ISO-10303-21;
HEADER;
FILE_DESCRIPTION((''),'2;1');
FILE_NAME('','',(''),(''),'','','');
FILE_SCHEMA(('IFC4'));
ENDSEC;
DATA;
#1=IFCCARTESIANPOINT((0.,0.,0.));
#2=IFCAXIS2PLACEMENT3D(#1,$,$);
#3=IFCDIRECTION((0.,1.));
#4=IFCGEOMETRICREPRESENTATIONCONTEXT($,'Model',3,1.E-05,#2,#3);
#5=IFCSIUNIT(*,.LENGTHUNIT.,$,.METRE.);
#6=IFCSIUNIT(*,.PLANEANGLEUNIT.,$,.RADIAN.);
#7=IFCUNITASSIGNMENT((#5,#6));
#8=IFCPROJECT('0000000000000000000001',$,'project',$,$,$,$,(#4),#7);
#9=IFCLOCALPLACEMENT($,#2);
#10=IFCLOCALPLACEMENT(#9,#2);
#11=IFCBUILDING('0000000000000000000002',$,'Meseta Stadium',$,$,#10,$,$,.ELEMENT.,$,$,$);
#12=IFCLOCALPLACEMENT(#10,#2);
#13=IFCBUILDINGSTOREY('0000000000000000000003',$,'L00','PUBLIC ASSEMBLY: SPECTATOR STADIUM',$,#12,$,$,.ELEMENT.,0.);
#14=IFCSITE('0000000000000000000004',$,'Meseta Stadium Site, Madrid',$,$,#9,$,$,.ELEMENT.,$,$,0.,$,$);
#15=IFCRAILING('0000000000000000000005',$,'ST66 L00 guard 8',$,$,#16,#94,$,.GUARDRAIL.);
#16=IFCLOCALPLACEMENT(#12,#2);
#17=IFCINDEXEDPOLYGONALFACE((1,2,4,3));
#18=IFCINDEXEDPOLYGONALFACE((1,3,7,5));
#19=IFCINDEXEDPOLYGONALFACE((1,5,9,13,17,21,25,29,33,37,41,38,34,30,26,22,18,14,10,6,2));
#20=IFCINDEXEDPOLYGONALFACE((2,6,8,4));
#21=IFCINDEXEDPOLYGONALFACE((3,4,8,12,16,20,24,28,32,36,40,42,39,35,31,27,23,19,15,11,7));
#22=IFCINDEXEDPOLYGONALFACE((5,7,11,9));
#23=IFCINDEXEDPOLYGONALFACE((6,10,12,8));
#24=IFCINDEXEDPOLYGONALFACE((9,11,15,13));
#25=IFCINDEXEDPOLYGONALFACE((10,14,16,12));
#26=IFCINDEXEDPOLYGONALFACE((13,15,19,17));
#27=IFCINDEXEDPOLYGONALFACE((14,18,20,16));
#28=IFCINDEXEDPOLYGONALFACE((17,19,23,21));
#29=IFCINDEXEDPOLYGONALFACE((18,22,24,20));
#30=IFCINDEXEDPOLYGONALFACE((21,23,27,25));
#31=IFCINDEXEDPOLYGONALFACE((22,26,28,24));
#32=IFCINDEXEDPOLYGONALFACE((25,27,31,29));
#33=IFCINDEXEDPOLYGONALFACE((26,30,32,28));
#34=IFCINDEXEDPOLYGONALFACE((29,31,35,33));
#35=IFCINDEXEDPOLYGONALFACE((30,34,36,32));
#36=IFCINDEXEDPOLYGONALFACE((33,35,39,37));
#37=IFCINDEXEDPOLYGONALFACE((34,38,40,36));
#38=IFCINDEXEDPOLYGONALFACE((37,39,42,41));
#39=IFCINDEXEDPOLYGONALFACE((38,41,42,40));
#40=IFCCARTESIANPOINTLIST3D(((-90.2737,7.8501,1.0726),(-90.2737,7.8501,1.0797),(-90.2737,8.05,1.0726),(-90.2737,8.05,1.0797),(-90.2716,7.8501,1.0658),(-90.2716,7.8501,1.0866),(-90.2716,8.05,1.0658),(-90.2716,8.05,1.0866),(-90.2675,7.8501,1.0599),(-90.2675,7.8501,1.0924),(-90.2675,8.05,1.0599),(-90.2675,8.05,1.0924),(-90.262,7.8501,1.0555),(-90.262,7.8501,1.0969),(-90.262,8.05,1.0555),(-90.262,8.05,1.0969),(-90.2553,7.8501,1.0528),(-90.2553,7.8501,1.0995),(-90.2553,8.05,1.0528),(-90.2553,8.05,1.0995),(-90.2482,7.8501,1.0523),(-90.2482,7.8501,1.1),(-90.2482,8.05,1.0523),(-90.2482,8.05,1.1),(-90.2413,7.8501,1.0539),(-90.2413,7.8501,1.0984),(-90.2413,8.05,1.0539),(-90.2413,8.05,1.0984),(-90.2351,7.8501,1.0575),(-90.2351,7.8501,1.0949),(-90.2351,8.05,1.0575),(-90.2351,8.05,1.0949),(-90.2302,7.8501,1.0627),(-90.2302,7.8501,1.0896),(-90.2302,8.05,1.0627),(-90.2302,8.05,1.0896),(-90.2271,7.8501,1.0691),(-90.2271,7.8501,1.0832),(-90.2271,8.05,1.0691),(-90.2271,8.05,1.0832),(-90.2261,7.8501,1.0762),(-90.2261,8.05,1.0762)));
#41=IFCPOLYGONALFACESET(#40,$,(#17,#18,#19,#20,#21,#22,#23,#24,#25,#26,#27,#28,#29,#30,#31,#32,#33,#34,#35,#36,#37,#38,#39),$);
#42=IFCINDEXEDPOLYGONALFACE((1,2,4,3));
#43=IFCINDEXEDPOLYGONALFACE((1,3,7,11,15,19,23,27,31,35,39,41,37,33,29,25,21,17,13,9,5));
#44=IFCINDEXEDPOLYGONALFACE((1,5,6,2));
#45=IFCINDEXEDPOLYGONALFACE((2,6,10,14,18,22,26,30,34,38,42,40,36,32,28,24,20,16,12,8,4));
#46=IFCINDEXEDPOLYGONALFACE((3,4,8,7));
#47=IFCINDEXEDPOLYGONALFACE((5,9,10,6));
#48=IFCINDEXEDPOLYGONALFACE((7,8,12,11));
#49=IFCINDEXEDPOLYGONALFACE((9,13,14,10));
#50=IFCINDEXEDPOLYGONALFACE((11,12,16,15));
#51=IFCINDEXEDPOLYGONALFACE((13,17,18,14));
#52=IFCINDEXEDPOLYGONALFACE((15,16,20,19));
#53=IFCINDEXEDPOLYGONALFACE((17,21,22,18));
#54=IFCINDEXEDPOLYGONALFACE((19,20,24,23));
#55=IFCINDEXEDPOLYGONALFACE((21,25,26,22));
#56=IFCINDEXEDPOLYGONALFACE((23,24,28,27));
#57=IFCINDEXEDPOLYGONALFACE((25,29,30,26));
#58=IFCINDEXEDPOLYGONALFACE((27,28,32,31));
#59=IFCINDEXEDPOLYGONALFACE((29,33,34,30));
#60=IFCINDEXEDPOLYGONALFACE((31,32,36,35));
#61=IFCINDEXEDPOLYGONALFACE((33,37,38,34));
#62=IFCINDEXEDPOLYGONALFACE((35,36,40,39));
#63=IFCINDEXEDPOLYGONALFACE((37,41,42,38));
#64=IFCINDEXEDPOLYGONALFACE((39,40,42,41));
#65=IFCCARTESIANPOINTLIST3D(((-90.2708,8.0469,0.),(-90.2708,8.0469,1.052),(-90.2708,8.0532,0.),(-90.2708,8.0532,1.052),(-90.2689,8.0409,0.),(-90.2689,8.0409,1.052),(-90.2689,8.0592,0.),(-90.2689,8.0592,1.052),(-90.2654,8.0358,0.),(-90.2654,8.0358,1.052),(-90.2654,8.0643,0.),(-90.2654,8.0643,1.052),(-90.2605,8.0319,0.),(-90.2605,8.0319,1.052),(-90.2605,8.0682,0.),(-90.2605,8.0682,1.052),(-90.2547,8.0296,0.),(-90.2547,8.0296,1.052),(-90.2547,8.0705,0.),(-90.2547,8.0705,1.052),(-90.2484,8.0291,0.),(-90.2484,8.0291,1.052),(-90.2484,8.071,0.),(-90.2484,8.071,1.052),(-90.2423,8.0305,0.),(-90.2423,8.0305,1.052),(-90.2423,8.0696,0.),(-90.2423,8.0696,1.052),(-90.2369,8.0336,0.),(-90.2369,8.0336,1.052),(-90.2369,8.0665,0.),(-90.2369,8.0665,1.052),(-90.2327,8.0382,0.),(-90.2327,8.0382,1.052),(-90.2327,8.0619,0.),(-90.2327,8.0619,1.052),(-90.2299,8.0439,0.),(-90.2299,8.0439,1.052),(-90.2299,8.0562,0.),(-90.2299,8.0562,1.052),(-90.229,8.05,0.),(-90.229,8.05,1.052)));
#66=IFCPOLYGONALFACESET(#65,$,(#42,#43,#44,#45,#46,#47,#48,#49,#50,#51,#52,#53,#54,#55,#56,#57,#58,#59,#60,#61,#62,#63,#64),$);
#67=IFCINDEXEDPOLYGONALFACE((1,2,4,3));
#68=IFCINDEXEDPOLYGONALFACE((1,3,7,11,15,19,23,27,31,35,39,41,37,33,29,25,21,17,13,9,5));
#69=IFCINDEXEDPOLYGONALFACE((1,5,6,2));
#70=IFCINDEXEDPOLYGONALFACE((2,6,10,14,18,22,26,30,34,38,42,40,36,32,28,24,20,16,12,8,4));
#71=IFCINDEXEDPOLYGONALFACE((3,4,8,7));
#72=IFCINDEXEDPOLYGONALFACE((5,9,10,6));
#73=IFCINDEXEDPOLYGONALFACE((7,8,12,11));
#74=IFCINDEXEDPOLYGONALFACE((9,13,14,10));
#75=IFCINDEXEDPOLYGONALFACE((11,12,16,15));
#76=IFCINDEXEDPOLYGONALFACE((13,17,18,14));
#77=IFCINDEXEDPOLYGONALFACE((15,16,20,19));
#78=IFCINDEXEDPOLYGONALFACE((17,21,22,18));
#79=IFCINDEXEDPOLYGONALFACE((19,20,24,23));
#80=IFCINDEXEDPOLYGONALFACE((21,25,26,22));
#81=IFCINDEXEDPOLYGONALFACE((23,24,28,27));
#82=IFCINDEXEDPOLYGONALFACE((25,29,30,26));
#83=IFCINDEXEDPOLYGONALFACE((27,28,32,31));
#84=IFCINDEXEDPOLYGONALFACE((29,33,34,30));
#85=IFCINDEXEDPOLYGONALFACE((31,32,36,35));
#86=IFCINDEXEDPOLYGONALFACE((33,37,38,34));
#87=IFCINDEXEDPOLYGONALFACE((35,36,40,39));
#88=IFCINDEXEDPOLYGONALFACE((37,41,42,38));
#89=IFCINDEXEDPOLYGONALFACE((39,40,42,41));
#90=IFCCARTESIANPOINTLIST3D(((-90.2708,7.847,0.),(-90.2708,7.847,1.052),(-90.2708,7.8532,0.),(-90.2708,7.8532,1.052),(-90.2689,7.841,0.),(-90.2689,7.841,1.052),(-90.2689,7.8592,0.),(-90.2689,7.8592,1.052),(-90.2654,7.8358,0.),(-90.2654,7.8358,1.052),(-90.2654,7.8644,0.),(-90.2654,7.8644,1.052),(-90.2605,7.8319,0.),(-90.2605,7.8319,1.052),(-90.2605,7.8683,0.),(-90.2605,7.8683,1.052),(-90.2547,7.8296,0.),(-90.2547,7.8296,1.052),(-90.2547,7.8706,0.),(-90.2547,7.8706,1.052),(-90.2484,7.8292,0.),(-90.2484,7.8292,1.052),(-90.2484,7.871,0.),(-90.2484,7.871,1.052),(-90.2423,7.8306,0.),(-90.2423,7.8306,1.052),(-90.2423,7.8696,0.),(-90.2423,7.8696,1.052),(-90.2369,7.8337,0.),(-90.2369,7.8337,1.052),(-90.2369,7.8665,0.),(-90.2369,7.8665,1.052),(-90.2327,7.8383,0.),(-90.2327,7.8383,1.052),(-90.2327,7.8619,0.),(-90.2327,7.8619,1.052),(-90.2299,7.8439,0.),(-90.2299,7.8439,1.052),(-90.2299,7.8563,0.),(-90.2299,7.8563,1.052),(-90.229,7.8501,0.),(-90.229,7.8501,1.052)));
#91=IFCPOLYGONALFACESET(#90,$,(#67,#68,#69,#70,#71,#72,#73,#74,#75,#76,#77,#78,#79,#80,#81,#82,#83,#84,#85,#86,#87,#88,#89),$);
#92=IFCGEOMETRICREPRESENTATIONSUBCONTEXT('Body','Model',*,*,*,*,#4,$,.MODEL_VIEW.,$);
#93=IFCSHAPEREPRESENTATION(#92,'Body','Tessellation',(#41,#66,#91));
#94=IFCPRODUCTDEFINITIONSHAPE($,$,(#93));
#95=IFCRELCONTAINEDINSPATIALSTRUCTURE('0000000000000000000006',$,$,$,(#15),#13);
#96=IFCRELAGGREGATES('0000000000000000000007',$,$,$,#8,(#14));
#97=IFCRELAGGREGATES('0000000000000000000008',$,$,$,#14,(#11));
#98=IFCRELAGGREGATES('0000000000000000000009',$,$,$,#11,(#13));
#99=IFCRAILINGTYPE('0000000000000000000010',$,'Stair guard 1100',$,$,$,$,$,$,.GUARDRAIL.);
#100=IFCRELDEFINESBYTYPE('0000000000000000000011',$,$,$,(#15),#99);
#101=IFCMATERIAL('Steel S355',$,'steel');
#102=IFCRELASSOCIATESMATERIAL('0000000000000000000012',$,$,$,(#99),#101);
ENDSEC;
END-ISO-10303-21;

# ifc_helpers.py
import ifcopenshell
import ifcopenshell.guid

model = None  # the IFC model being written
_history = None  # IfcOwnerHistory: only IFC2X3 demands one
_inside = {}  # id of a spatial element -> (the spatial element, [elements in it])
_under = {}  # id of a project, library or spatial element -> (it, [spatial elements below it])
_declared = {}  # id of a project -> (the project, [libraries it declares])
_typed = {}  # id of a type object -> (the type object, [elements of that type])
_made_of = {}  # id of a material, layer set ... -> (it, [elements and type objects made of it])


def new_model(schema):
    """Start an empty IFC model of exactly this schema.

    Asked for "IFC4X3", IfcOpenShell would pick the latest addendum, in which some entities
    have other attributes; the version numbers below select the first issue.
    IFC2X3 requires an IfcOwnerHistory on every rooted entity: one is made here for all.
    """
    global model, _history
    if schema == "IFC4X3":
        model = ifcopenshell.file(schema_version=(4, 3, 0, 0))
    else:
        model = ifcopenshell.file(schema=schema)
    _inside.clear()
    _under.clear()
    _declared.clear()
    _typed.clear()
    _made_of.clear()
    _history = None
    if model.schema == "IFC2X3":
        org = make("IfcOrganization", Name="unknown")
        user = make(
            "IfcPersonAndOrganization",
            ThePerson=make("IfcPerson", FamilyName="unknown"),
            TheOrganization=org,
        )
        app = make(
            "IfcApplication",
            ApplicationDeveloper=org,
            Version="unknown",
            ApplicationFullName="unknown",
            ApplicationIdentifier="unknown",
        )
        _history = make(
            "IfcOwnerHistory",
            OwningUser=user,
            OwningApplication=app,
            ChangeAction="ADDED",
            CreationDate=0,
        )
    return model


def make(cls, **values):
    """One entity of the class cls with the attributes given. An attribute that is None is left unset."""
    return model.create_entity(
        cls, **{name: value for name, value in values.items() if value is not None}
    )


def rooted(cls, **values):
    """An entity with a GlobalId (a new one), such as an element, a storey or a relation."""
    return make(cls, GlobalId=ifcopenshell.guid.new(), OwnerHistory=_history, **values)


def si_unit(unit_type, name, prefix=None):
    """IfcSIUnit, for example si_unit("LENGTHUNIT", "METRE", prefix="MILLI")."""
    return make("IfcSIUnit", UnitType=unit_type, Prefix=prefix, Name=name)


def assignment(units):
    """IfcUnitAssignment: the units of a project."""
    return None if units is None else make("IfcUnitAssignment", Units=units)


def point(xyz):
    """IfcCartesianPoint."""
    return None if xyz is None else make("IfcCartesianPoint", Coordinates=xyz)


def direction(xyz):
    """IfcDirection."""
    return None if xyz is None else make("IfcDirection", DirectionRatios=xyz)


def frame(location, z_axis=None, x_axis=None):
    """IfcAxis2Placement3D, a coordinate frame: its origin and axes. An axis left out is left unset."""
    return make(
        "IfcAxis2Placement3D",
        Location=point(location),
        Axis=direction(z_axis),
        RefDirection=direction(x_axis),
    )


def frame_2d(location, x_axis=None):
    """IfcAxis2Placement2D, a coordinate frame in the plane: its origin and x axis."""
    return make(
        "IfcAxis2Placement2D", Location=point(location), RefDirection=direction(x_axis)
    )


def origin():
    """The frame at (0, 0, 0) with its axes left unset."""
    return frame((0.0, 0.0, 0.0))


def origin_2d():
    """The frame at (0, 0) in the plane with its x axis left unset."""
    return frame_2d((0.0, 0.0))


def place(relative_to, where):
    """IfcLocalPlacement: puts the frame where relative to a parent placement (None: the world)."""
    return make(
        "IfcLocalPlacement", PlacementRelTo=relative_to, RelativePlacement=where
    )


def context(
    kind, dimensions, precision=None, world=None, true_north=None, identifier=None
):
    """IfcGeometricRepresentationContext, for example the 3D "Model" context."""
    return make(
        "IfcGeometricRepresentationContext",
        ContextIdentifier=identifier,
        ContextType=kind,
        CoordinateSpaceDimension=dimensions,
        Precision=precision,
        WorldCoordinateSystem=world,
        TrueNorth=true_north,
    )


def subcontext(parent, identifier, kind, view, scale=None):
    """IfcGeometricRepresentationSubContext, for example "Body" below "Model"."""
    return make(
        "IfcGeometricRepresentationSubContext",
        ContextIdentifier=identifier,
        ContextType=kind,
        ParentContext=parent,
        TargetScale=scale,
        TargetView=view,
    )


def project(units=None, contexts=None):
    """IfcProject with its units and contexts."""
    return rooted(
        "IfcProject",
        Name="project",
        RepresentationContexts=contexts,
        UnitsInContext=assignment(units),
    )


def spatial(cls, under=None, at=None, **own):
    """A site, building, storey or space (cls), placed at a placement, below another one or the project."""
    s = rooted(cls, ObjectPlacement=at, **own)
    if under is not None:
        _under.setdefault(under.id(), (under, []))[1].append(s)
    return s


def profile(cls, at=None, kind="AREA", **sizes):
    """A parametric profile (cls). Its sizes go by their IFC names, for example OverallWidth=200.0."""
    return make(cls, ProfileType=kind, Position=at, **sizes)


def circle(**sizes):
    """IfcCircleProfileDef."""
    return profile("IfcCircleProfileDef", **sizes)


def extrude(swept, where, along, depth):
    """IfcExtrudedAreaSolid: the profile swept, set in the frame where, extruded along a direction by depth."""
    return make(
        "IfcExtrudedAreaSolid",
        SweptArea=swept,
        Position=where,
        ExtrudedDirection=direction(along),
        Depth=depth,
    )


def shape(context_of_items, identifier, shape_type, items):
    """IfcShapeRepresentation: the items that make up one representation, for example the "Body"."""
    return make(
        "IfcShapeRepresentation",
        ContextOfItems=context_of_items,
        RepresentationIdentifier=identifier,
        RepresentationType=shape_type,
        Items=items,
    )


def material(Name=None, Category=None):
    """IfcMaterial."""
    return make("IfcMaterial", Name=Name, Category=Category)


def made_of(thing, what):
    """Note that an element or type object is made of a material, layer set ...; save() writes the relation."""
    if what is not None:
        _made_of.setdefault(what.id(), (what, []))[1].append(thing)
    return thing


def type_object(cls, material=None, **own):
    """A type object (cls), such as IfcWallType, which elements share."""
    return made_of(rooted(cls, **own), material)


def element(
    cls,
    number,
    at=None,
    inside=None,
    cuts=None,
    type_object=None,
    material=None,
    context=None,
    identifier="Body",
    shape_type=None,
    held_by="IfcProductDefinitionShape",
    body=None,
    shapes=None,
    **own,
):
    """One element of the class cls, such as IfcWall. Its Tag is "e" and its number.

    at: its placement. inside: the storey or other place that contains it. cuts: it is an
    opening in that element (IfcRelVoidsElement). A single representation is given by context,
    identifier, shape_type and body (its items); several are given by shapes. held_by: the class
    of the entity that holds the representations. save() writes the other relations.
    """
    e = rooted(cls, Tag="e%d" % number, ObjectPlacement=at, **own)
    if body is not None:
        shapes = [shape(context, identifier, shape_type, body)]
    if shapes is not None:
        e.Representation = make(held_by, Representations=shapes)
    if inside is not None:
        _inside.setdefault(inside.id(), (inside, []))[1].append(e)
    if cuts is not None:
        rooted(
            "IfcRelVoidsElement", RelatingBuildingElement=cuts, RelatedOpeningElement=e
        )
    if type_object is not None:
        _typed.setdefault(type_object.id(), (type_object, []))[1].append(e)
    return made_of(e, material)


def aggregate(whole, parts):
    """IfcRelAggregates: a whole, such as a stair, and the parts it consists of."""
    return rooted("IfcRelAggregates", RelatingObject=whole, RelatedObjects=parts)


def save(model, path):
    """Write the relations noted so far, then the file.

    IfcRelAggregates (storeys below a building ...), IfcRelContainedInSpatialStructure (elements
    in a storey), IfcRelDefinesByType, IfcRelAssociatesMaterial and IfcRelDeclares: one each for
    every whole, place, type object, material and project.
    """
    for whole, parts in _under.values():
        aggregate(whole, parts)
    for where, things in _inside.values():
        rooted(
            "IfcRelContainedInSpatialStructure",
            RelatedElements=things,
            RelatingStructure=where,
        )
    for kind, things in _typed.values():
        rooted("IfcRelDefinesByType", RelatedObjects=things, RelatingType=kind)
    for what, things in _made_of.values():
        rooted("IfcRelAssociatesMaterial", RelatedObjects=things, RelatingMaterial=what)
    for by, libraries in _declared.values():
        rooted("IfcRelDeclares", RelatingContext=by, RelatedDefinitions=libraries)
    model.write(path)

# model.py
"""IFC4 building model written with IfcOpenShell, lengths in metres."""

from ifc_helpers import new_model, si_unit, direction, frame, origin, origin_2d, place, context, subcontext, project, spatial, circle, extrude, material, type_object, element, save


model = new_model("IFC4")

# Units and contexts
model_context = context("Model", 3, precision=1e-05, world=origin(), true_north=direction((0.0, 1.0)))
body_context = subcontext(model_context, "Body", "Model", "MODEL_VIEW")
ifc_project = project(units=[si_unit("LENGTHUNIT", "METRE"), si_unit("PLANEANGLEUNIT", "RADIAN")], contexts=[model_context])

# Site, building, storey
site_placement = place(None, origin())
site = spatial("IfcSite", under=ifc_project, at=site_placement, Name="Meseta Stadium Site, Madrid", CompositionType="ELEMENT", RefElevation=0.0)
building_placement = place(site_placement, origin())
building = spatial("IfcBuilding", under=site, at=building_placement, Name="Meseta Stadium", CompositionType="ELEMENT")
storey_placement = place(building_placement, origin())
storey = spatial("IfcBuildingStorey", under=building, at=storey_placement, Name="L00", Description="PUBLIC ASSEMBLY: SPECTATOR STADIUM", CompositionType="ELEMENT", Elevation=0.0)

# Railing
ifc_material_1 = material(Name="Steel S355", Category="steel")
railing_type_1 = type_object("IfcRailingType", Name="Stair guard 1100", PredefinedType="GUARDRAIL", material=ifc_material_1)
railing_1_placement = place(storey_placement, frame((-90.25, 8.05, 0.0)))
element("IfcRailing", 1, at=railing_1_placement, inside=storey, type_object=railing_type_1, Name="ST66 L00 guard 8", PredefinedType="GUARDRAIL", context=body_context, shape_type="SweptSolid", body=[
    extrude(circle(Radius=0.0239, at=origin_2d()), frame((0.0, 0.0, 1.0762), z_axis=(0.0, -1.0, 0.0), x_axis=(1.0, 0.0, 0.0)), (0.0, 0.0, 1.0), 0.2),
    extrude(circle(Radius=0.021, at=origin_2d()), origin(), (0.0, 0.0, 1.0), 1.052),
    extrude(circle(Radius=0.021, at=origin_2d()), frame((0.0, -0.2, 0.0)), (0.0, 0.0, 1.0), 1.052),
])

save(model, "model.ifc")
